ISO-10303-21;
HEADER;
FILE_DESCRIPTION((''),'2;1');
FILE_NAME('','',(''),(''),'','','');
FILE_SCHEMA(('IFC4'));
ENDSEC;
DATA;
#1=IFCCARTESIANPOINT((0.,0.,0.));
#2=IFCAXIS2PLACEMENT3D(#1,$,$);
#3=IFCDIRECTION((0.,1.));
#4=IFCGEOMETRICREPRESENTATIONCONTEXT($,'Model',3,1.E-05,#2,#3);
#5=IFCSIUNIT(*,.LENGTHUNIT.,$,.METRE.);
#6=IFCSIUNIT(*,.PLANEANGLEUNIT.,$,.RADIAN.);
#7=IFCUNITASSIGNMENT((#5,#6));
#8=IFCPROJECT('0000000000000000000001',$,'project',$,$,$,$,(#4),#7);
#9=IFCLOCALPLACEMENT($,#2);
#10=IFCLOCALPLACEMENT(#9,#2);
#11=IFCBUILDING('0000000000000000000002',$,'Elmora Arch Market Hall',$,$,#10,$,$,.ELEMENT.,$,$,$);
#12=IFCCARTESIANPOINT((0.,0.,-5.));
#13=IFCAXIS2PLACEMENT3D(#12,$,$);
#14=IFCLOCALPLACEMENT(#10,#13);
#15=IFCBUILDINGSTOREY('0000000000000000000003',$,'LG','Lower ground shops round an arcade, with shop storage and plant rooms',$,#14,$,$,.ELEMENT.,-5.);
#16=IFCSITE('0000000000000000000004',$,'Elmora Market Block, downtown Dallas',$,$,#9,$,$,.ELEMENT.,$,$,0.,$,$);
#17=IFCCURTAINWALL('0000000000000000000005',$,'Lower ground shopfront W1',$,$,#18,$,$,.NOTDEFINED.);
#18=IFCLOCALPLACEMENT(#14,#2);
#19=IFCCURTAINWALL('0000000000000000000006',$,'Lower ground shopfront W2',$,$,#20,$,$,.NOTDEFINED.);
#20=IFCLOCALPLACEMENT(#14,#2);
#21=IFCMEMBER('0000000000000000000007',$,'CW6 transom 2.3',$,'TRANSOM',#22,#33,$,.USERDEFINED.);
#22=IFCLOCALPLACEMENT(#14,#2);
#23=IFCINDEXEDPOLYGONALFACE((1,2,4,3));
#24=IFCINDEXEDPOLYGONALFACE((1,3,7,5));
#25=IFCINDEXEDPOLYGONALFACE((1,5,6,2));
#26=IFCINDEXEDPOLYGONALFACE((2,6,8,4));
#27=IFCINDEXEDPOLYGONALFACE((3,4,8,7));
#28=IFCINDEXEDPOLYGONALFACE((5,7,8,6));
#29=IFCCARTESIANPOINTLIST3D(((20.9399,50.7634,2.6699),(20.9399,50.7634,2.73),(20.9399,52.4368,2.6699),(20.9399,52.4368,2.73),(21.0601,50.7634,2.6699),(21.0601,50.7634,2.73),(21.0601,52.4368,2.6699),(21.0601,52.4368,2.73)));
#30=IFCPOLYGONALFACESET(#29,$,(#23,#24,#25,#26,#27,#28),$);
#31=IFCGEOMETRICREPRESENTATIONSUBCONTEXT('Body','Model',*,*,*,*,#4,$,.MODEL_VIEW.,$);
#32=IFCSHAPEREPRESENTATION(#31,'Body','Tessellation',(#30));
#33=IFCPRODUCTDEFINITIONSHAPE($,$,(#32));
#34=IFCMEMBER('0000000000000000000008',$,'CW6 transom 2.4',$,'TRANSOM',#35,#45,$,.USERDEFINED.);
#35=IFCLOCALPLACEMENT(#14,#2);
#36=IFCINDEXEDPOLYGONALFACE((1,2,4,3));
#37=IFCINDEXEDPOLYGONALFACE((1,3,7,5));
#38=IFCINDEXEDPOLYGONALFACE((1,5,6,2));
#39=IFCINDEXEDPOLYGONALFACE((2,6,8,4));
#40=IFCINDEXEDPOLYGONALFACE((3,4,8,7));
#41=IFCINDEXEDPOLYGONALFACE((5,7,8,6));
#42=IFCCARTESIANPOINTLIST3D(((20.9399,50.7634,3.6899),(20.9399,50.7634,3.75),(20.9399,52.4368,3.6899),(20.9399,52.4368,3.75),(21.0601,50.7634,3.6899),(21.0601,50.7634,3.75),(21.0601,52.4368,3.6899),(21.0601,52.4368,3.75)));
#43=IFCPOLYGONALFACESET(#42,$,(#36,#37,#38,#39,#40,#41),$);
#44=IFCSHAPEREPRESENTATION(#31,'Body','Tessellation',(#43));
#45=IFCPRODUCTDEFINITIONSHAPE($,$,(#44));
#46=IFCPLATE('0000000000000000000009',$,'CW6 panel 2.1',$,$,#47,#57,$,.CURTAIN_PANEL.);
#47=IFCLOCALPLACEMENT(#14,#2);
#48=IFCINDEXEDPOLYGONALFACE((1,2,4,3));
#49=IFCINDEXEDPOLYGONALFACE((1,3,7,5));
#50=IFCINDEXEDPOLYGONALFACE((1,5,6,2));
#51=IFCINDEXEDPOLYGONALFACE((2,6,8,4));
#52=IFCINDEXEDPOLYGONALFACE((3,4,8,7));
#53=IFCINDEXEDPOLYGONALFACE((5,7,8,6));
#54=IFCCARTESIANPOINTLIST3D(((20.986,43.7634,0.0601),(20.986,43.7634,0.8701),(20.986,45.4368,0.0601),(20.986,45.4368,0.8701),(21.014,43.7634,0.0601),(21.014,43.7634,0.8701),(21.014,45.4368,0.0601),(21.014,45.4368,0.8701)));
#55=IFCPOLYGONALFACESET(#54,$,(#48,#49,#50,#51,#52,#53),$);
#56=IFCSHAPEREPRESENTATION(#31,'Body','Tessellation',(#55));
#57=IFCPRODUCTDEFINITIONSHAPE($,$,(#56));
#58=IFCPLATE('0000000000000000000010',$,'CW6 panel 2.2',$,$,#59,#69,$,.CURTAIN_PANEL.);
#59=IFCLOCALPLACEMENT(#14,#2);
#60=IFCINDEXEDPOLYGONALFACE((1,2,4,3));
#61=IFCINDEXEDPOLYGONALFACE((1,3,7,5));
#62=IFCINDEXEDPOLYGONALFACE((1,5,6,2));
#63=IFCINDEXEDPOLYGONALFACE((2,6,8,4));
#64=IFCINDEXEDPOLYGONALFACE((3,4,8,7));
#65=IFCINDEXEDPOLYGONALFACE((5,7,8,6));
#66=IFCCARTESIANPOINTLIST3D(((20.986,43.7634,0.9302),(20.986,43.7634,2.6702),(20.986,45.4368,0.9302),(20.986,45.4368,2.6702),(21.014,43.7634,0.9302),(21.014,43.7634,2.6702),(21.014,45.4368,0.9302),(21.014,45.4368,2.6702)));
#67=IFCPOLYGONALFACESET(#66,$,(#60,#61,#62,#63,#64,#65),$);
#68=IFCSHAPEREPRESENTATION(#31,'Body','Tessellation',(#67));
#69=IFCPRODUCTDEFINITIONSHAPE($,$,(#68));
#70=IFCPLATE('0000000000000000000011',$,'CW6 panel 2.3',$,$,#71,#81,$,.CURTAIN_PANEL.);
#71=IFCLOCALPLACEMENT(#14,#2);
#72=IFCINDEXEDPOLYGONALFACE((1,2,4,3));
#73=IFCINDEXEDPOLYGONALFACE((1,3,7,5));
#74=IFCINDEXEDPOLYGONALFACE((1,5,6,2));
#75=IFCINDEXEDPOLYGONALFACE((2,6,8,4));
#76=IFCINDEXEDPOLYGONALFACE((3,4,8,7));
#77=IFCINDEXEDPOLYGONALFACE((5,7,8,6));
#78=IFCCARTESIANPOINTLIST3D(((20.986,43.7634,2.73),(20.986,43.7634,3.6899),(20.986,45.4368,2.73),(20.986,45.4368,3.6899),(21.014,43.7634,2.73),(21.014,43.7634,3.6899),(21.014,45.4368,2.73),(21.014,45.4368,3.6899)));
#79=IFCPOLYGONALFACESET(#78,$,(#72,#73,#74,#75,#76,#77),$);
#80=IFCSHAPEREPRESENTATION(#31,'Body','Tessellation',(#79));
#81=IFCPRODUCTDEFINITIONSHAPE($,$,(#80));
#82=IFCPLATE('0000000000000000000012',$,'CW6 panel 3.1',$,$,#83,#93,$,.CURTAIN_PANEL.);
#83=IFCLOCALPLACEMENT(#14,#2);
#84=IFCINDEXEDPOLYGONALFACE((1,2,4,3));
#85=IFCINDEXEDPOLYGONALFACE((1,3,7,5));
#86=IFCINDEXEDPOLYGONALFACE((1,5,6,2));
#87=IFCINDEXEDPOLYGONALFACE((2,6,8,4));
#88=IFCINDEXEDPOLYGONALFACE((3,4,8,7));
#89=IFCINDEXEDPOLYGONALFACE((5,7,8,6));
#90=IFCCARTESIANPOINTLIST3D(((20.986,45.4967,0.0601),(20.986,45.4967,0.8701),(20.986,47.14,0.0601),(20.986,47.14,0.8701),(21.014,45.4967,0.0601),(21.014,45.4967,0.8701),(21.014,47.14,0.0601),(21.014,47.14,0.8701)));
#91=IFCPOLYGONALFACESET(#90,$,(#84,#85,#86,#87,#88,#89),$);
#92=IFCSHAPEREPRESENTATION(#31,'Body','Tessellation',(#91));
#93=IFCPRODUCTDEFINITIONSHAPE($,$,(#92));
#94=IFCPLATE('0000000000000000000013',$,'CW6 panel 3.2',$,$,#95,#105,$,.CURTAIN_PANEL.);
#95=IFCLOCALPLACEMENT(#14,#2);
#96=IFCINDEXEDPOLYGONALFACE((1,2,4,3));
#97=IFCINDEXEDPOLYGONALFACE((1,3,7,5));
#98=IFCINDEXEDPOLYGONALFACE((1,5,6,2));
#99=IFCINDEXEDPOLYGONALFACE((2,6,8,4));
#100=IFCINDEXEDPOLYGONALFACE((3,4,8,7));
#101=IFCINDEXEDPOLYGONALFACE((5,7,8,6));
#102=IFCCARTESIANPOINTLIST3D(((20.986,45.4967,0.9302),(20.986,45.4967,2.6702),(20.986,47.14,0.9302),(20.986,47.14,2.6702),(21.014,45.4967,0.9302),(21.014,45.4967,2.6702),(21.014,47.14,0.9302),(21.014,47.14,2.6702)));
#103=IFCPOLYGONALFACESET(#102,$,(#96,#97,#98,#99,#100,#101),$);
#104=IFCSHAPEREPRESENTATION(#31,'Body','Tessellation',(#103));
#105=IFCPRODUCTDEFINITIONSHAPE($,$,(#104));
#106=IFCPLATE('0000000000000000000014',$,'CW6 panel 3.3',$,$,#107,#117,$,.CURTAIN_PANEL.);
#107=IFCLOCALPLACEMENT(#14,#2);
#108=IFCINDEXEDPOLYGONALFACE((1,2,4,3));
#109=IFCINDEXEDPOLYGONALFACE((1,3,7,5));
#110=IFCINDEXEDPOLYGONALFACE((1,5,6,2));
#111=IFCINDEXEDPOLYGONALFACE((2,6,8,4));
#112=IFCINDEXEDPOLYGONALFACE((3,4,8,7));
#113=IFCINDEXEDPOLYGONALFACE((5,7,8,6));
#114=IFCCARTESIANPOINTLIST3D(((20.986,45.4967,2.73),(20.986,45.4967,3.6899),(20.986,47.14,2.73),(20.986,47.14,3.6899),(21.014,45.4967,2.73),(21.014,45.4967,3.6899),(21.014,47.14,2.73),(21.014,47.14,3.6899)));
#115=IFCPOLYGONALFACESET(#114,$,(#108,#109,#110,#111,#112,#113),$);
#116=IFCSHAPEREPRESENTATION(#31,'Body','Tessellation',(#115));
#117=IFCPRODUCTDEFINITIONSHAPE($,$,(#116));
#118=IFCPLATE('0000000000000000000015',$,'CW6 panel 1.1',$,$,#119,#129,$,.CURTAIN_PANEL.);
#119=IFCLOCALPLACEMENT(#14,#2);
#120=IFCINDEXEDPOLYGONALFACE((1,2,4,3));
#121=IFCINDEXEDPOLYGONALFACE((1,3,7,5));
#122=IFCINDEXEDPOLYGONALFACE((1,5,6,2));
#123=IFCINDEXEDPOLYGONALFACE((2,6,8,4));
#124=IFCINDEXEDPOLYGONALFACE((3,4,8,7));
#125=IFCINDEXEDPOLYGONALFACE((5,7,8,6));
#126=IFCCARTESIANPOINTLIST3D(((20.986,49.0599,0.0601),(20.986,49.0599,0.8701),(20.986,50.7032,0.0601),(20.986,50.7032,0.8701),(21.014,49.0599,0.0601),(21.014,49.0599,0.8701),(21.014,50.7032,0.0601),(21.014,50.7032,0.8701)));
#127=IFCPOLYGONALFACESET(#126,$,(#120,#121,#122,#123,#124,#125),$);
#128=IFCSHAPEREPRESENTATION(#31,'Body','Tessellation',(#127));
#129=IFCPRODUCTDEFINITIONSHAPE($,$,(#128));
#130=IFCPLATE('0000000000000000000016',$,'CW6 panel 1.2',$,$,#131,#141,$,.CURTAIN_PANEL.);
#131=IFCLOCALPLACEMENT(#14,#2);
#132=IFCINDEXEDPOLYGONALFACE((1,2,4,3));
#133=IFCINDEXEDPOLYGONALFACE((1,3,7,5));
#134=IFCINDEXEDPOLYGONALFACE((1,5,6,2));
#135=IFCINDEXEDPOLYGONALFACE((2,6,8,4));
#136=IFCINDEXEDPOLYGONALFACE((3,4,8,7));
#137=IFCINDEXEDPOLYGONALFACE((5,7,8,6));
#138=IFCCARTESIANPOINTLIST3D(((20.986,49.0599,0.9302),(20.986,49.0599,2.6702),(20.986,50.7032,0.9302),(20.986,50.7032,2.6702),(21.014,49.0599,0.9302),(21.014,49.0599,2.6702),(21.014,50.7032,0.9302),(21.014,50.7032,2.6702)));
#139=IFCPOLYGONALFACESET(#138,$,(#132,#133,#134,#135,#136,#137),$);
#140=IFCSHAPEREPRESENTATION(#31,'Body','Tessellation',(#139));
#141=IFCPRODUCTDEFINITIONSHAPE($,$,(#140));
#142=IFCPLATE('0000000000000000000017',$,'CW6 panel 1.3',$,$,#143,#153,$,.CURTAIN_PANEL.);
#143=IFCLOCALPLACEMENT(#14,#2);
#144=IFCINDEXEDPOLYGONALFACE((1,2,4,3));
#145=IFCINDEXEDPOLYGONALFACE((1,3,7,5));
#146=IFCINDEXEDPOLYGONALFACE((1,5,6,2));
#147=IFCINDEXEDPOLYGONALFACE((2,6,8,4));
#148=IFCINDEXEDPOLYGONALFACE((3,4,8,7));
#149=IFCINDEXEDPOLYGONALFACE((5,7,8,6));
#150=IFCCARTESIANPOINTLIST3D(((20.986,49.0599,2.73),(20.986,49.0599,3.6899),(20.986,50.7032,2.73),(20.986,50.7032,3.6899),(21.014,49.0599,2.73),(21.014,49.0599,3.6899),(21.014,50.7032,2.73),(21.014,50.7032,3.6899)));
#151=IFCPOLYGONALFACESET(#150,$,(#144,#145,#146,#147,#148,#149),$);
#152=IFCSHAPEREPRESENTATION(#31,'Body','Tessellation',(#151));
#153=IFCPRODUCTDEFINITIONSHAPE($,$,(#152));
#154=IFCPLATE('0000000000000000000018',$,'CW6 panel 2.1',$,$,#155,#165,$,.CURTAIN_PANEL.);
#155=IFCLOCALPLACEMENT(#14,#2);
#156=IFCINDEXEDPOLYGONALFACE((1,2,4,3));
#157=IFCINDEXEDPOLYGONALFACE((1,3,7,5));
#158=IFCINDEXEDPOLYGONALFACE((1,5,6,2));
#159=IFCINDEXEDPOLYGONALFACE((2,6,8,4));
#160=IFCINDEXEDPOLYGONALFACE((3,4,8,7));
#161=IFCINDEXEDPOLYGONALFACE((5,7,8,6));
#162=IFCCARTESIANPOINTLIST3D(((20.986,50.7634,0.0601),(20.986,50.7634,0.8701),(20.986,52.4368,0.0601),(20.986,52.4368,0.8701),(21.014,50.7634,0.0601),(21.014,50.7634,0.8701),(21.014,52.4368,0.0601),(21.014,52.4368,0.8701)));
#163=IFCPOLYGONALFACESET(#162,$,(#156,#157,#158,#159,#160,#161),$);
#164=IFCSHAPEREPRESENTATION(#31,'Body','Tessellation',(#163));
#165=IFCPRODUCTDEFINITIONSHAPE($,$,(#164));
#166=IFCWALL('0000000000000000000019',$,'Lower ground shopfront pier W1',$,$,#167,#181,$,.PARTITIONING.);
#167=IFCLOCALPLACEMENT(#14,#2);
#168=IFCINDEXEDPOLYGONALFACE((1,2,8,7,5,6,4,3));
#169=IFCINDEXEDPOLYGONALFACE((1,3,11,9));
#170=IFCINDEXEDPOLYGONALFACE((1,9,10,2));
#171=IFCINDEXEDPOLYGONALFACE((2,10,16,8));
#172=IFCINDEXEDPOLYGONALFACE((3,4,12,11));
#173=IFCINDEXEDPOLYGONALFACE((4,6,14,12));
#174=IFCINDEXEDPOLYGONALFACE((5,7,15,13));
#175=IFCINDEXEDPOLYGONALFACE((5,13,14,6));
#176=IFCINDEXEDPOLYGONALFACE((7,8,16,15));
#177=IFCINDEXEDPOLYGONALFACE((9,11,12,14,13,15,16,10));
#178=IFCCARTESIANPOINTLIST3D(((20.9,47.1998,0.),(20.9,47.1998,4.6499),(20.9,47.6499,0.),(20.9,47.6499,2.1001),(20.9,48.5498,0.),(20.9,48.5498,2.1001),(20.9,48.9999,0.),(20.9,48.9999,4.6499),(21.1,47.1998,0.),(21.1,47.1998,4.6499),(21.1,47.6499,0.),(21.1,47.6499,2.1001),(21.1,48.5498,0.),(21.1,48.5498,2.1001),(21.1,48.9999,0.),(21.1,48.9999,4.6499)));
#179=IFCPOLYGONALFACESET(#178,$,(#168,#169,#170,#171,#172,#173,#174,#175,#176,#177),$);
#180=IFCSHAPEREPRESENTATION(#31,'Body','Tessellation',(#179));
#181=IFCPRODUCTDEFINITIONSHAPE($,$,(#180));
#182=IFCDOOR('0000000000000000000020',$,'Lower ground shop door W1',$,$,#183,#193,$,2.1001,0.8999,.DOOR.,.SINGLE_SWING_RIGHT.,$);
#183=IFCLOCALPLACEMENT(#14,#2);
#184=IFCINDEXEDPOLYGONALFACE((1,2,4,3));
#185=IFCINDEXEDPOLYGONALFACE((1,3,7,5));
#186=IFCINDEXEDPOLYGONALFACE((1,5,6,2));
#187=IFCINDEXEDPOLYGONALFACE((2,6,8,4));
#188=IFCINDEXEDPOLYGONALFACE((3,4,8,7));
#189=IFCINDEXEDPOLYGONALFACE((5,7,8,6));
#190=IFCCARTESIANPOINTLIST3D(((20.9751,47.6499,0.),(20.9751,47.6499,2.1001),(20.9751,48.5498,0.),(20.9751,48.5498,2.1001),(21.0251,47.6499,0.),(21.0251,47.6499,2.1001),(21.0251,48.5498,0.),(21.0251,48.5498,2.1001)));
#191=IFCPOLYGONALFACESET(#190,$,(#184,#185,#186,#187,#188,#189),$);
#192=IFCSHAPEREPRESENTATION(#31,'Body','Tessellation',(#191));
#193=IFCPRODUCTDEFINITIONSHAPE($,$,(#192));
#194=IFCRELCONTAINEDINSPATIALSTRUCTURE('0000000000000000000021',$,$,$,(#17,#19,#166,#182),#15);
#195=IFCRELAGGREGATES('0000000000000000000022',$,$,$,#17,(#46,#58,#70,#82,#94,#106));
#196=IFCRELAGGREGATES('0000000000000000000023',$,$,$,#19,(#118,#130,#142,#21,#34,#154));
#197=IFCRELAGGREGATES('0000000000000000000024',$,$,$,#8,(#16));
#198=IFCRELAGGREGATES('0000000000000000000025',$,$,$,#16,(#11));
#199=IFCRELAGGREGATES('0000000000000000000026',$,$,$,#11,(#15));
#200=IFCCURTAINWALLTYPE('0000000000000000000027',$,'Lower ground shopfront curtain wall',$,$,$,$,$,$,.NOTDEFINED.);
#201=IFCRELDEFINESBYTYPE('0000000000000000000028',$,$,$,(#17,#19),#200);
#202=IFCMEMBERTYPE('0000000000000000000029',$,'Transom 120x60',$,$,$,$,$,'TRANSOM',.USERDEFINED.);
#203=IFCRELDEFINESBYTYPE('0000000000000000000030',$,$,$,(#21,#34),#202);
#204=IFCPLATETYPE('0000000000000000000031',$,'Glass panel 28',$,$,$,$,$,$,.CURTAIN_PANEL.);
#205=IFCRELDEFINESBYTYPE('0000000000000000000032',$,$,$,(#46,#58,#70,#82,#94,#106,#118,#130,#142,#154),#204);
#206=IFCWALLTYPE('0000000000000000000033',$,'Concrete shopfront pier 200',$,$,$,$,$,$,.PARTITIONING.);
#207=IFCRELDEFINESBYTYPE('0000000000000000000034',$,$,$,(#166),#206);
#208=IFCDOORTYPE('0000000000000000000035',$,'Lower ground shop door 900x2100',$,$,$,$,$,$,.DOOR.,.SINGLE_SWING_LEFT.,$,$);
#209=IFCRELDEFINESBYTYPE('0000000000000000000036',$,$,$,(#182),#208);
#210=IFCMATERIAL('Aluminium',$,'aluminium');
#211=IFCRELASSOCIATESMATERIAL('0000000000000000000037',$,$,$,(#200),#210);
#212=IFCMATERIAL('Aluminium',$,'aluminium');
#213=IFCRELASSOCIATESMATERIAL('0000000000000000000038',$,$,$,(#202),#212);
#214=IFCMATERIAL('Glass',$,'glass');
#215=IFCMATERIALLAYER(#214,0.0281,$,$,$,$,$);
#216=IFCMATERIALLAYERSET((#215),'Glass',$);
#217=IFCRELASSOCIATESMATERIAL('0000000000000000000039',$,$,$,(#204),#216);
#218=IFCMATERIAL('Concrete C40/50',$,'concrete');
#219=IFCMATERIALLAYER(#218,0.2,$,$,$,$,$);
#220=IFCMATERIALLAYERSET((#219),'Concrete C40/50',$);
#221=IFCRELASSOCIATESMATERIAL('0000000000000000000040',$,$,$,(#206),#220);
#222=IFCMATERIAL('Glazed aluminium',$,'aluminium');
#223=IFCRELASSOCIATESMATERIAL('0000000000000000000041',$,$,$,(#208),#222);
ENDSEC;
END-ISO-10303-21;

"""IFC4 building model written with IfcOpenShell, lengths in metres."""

from ifc_helpers import new_model, si_unit, direction, frame, frame_2d, origin, origin_2d, place, context, subcontext, project, spatial, rectangle, extrude, material, layer, layer_set, material_profile, profile_set, type_object, element, fill, aggregate, save


model = new_model("IFC4")

# Units and contexts
model_context = context("Model", 3, precision=1e-05, world=origin(), true_north=direction((0.0, 1.0)))
body_context = subcontext(model_context, "Body", "Model", "MODEL_VIEW")
ifc_project = project(units=[si_unit("LENGTHUNIT", "METRE"), si_unit("PLANEANGLEUNIT", "RADIAN")], contexts=[model_context])

# Site, building, storey
site_placement = place(None, origin())
site = spatial("IfcSite", under=ifc_project, at=site_placement, Name="Elmora Market Block, downtown Dallas", CompositionType="ELEMENT", RefElevation=0.0)
building_placement = place(site_placement, origin())
building = spatial("IfcBuilding", under=site, at=building_placement, Name="Elmora Arch Market Hall", CompositionType="ELEMENT")
storey_placement = place(building_placement, frame((0.0, 0.0, -5.0)))
storey = spatial("IfcBuildingStorey", under=building, at=storey_placement, Name="LG", Description="Lower ground shops round an arcade, with shop storage and plant rooms", CompositionType="ELEMENT", Elevation=-5.0)

# Curtain walls
ifc_material_1 = material(Name="Aluminium", Category="aluminium")
curtain_wall_type = type_object("IfcCurtainWallType", Name="Lower ground shopfront curtain wall", PredefinedType="NOTDEFINED", material=ifc_material_1)
curtain_wall_1_placement = place(storey_placement, origin())
curtain_wall_1 = element("IfcCurtainWall", 1, at=curtain_wall_1_placement, inside=storey, type_object=curtain_wall_type, Name="Lower ground shopfront W1", PredefinedType="NOTDEFINED")
curtain_wall_2_placement = place(storey_placement, origin())
curtain_wall_2 = element("IfcCurtainWall", 2, at=curtain_wall_2_placement, inside=storey, type_object=curtain_wall_type, Name="Lower ground shopfront W2", PredefinedType="NOTDEFINED")

# Members
ifc_material_2 = material(Name="Aluminium", Category="aluminium")
ifc_material_profile_1 = material_profile(ifc_material_2, rectangle(XDim=0.1201, YDim=0.0601, at=origin_2d()), Name="AL 120x60")
ifc_profile_set_1 = profile_set([ifc_material_profile_1], Name="Aluminium")
member_type_1 = type_object("IfcMemberType", Name="Transom 120x60", ElementType="TRANSOM", PredefinedType="USERDEFINED", material=ifc_profile_set_1)
member_1_placement = place(storey_placement, frame((21.0, 50.7634, 2.7), z_axis=(0.0, 1.0, 0.0), x_axis=(-1.0, 0.0, 0.0)))
member_1 = element("IfcMember", 3, at=member_1_placement, type_object=member_type_1, Name="CW6 transom 2.3", ObjectType="TRANSOM", PredefinedType="USERDEFINED", context=body_context, shape_type="SweptSolid", body=[
    extrude(rectangle(XDim=0.1201, YDim=0.0601, at=origin_2d()), origin(), (0.0, 0.0, 1.0), 1.6733),
])
member_2_placement = place(storey_placement, frame((21.0, 50.7634, 3.72), z_axis=(0.0, 1.0, 0.0), x_axis=(-1.0, 0.0, 0.0)))
member_2 = element("IfcMember", 4, at=member_2_placement, type_object=member_type_1, Name="CW6 transom 2.4", ObjectType="TRANSOM", PredefinedType="USERDEFINED", context=body_context, shape_type="SweptSolid", body=[
    extrude(rectangle(XDim=0.1201, YDim=0.0601, at=origin_2d()), origin(), (0.0, 0.0, 1.0), 1.6733),
])

# Plates
ifc_material_3 = material(Name="Glass", Category="glass")
ifc_layer_1 = layer(ifc_material_3, 0.0281)
ifc_layer_set_1 = layer_set([ifc_layer_1], Name="Glass")
plate_type = type_object("IfcPlateType", Name="Glass panel 28", PredefinedType="CURTAIN_PANEL", material=ifc_layer_set_1)
plate_1_placement = place(storey_placement, frame((21.0, 44.6001, 0.0601), z_axis=(0.0, 0.0, 1.0), x_axis=(0.0, 1.0, 0.0)))
plate_1 = element("IfcPlate", 5, at=plate_1_placement, type_object=plate_type, Name="CW6 panel 2.1", PredefinedType="CURTAIN_PANEL", context=body_context, shape_type="SweptSolid", body=[
    extrude(rectangle(XDim=1.6733, YDim=0.0281, at=origin_2d()), origin(), (0.0, 0.0, 1.0), 0.8101),
])
plate_2_placement = place(storey_placement, frame((21.0, 44.6001, 0.9302), z_axis=(0.0, 0.0, 1.0), x_axis=(0.0, 1.0, 0.0)))
plate_2 = element("IfcPlate", 6, at=plate_2_placement, type_object=plate_type, Name="CW6 panel 2.2", PredefinedType="CURTAIN_PANEL", context=body_context, shape_type="SweptSolid", body=[
    extrude(rectangle(XDim=1.6733, YDim=0.0281, at=origin_2d()), origin(), (0.0, 0.0, 1.0), 1.74),
])
plate_3_placement = place(storey_placement, frame((21.0, 44.6001, 2.73), z_axis=(0.0, 0.0, 1.0), x_axis=(0.0, 1.0, 0.0)))
plate_3 = element("IfcPlate", 7, at=plate_3_placement, type_object=plate_type, Name="CW6 panel 2.3", PredefinedType="CURTAIN_PANEL", context=body_context, shape_type="SweptSolid", body=[
    extrude(rectangle(XDim=1.6733, YDim=0.0281, at=origin_2d()), origin(), (0.0, 0.0, 1.0), 0.96),
])
plate_4_placement = place(storey_placement, frame((21.0, 46.3184, 0.0601), z_axis=(0.0, 0.0, 1.0), x_axis=(0.0, 1.0, 0.0)))
plate_4 = element("IfcPlate", 8, at=plate_4_placement, type_object=plate_type, Name="CW6 panel 3.1", PredefinedType="CURTAIN_PANEL", context=body_context, shape_type="SweptSolid", body=[
    extrude(rectangle(XDim=1.6433, YDim=0.0281, at=origin_2d()), origin(), (0.0, 0.0, 1.0), 0.8101),
])
plate_5_placement = place(storey_placement, frame((21.0, 46.3184, 0.9302), z_axis=(0.0, 0.0, 1.0), x_axis=(0.0, 1.0, 0.0)))
plate_5 = element("IfcPlate", 9, at=plate_5_placement, type_object=plate_type, Name="CW6 panel 3.2", PredefinedType="CURTAIN_PANEL", context=body_context, shape_type="SweptSolid", body=[
    extrude(rectangle(XDim=1.6433, YDim=0.0281, at=origin_2d()), origin(), (0.0, 0.0, 1.0), 1.74),
])
plate_6_placement = place(storey_placement, frame((21.0, 46.3184, 2.73), z_axis=(0.0, 0.0, 1.0), x_axis=(0.0, 1.0, 0.0)))
plate_6 = element("IfcPlate", 10, at=plate_6_placement, type_object=plate_type, Name="CW6 panel 3.3", PredefinedType="CURTAIN_PANEL", context=body_context, shape_type="SweptSolid", body=[
    extrude(rectangle(XDim=1.6433, YDim=0.0281, at=origin_2d()), origin(), (0.0, 0.0, 1.0), 0.96),
])
aggregate(curtain_wall_1, [plate_1, plate_2, plate_3, plate_4, plate_5, plate_6])
plate_7_placement = place(storey_placement, frame((21.0, 49.8816, 0.0601), z_axis=(0.0, 0.0, 1.0), x_axis=(0.0, 1.0, 0.0)))
plate_7 = element("IfcPlate", 11, at=plate_7_placement, type_object=plate_type, Name="CW6 panel 1.1", PredefinedType="CURTAIN_PANEL", context=body_context, shape_type="SweptSolid", body=[
    extrude(rectangle(XDim=1.6433, YDim=0.0281, at=origin_2d()), origin(), (0.0, 0.0, 1.0), 0.8101),
])
plate_8_placement = place(storey_placement, frame((21.0, 49.8816, 0.9302), z_axis=(0.0, 0.0, 1.0), x_axis=(0.0, 1.0, 0.0)))
plate_8 = element("IfcPlate", 12, at=plate_8_placement, type_object=plate_type, Name="CW6 panel 1.2", PredefinedType="CURTAIN_PANEL", context=body_context, shape_type="SweptSolid", body=[
    extrude(rectangle(XDim=1.6433, YDim=0.0281, at=origin_2d()), origin(), (0.0, 0.0, 1.0), 1.74),
])
plate_9_placement = place(storey_placement, frame((21.0, 49.8816, 2.73), z_axis=(0.0, 0.0, 1.0), x_axis=(0.0, 1.0, 0.0)))
plate_9 = element("IfcPlate", 13, at=plate_9_placement, type_object=plate_type, Name="CW6 panel 1.3", PredefinedType="CURTAIN_PANEL", context=body_context, shape_type="SweptSolid", body=[
    extrude(rectangle(XDim=1.6433, YDim=0.0281, at=origin_2d()), origin(), (0.0, 0.0, 1.0), 0.96),
])
plate_10_placement = place(storey_placement, frame((21.0, 51.6001, 0.0601), z_axis=(0.0, 0.0, 1.0), x_axis=(0.0, 1.0, 0.0)))
plate_10 = element("IfcPlate", 14, at=plate_10_placement, type_object=plate_type, Name="CW6 panel 2.1", PredefinedType="CURTAIN_PANEL", context=body_context, shape_type="SweptSolid", body=[
    extrude(rectangle(XDim=1.6733, YDim=0.0281, at=origin_2d()), origin(), (0.0, 0.0, 1.0), 0.8101),
])
aggregate(curtain_wall_2, [plate_7, plate_8, plate_9, member_1, member_2, plate_10])

# Wall, opening, door
ifc_material_4 = material(Name="Concrete C40/50", Category="concrete")
ifc_layer_2 = layer(ifc_material_4, 0.2)
ifc_layer_set_2 = layer_set([ifc_layer_2], Name="Concrete C40/50")
wall_type = type_object("IfcWallType", Name="Concrete shopfront pier 200", PredefinedType="PARTITIONING", material=ifc_layer_set_2)
wall_placement = place(storey_placement, frame((21.0, 47.2, 0.0), z_axis=(0.0, 0.0, 1.0), x_axis=(0.0, 1.0, 0.0)))
wall = element("IfcWall", 15, at=wall_placement, inside=storey, type_object=wall_type, Name="Lower ground shopfront pier W1", PredefinedType="PARTITIONING", context=body_context, shape_type="SweptSolid", body=[
    extrude(rectangle(XDim=1.8, YDim=0.2, at=frame_2d((0.8999, 0.0))), origin(), (0.0, 0.0, 1.0), 4.6499),
])
opening_placement = place(wall_placement, frame((0.45, 0.0, 0.0)))
opening = element("IfcOpeningElement", 16, at=opening_placement, cuts=wall, PredefinedType="OPENING", context=body_context, shape_type="SweptSolid", body=[
    extrude(rectangle(XDim=0.8999, YDim=2.1001, at=frame_2d((0.45, 1.05))), frame((0.0, 0.1099, 0.0), z_axis=(0.0, -1.0, 0.0), x_axis=(1.0, 0.0, 0.0)), (0.0, 0.0, 1.0), 0.22),
])
ifc_material_5 = material(Name="Glazed aluminium", Category="aluminium")
door_type = type_object("IfcDoorType", Name="Lower ground shop door 900x2100", OperationType="SINGLE_SWING_LEFT", PredefinedType="DOOR", material=ifc_material_5)
door_placement = place(opening_placement, origin())
door = element("IfcDoor", 17, at=door_placement, inside=storey, type_object=door_type, Name="Lower ground shop door W1", OperationType="SINGLE_SWING_RIGHT", OverallHeight=2.1001, OverallWidth=0.8999, PredefinedType="DOOR", context=body_context, shape_type="SweptSolid", body=[
    extrude(rectangle(XDim=0.8999, YDim=2.1001, at=frame_2d((0.45, 1.05))), frame((0.0, 0.0249, 0.0), z_axis=(0.0, -1.0, 0.0), x_axis=(1.0, 0.0, 0.0)), (0.0, 0.0, 1.0), 0.05),
])
fill(opening, door)

save(model, "model.ifc")
